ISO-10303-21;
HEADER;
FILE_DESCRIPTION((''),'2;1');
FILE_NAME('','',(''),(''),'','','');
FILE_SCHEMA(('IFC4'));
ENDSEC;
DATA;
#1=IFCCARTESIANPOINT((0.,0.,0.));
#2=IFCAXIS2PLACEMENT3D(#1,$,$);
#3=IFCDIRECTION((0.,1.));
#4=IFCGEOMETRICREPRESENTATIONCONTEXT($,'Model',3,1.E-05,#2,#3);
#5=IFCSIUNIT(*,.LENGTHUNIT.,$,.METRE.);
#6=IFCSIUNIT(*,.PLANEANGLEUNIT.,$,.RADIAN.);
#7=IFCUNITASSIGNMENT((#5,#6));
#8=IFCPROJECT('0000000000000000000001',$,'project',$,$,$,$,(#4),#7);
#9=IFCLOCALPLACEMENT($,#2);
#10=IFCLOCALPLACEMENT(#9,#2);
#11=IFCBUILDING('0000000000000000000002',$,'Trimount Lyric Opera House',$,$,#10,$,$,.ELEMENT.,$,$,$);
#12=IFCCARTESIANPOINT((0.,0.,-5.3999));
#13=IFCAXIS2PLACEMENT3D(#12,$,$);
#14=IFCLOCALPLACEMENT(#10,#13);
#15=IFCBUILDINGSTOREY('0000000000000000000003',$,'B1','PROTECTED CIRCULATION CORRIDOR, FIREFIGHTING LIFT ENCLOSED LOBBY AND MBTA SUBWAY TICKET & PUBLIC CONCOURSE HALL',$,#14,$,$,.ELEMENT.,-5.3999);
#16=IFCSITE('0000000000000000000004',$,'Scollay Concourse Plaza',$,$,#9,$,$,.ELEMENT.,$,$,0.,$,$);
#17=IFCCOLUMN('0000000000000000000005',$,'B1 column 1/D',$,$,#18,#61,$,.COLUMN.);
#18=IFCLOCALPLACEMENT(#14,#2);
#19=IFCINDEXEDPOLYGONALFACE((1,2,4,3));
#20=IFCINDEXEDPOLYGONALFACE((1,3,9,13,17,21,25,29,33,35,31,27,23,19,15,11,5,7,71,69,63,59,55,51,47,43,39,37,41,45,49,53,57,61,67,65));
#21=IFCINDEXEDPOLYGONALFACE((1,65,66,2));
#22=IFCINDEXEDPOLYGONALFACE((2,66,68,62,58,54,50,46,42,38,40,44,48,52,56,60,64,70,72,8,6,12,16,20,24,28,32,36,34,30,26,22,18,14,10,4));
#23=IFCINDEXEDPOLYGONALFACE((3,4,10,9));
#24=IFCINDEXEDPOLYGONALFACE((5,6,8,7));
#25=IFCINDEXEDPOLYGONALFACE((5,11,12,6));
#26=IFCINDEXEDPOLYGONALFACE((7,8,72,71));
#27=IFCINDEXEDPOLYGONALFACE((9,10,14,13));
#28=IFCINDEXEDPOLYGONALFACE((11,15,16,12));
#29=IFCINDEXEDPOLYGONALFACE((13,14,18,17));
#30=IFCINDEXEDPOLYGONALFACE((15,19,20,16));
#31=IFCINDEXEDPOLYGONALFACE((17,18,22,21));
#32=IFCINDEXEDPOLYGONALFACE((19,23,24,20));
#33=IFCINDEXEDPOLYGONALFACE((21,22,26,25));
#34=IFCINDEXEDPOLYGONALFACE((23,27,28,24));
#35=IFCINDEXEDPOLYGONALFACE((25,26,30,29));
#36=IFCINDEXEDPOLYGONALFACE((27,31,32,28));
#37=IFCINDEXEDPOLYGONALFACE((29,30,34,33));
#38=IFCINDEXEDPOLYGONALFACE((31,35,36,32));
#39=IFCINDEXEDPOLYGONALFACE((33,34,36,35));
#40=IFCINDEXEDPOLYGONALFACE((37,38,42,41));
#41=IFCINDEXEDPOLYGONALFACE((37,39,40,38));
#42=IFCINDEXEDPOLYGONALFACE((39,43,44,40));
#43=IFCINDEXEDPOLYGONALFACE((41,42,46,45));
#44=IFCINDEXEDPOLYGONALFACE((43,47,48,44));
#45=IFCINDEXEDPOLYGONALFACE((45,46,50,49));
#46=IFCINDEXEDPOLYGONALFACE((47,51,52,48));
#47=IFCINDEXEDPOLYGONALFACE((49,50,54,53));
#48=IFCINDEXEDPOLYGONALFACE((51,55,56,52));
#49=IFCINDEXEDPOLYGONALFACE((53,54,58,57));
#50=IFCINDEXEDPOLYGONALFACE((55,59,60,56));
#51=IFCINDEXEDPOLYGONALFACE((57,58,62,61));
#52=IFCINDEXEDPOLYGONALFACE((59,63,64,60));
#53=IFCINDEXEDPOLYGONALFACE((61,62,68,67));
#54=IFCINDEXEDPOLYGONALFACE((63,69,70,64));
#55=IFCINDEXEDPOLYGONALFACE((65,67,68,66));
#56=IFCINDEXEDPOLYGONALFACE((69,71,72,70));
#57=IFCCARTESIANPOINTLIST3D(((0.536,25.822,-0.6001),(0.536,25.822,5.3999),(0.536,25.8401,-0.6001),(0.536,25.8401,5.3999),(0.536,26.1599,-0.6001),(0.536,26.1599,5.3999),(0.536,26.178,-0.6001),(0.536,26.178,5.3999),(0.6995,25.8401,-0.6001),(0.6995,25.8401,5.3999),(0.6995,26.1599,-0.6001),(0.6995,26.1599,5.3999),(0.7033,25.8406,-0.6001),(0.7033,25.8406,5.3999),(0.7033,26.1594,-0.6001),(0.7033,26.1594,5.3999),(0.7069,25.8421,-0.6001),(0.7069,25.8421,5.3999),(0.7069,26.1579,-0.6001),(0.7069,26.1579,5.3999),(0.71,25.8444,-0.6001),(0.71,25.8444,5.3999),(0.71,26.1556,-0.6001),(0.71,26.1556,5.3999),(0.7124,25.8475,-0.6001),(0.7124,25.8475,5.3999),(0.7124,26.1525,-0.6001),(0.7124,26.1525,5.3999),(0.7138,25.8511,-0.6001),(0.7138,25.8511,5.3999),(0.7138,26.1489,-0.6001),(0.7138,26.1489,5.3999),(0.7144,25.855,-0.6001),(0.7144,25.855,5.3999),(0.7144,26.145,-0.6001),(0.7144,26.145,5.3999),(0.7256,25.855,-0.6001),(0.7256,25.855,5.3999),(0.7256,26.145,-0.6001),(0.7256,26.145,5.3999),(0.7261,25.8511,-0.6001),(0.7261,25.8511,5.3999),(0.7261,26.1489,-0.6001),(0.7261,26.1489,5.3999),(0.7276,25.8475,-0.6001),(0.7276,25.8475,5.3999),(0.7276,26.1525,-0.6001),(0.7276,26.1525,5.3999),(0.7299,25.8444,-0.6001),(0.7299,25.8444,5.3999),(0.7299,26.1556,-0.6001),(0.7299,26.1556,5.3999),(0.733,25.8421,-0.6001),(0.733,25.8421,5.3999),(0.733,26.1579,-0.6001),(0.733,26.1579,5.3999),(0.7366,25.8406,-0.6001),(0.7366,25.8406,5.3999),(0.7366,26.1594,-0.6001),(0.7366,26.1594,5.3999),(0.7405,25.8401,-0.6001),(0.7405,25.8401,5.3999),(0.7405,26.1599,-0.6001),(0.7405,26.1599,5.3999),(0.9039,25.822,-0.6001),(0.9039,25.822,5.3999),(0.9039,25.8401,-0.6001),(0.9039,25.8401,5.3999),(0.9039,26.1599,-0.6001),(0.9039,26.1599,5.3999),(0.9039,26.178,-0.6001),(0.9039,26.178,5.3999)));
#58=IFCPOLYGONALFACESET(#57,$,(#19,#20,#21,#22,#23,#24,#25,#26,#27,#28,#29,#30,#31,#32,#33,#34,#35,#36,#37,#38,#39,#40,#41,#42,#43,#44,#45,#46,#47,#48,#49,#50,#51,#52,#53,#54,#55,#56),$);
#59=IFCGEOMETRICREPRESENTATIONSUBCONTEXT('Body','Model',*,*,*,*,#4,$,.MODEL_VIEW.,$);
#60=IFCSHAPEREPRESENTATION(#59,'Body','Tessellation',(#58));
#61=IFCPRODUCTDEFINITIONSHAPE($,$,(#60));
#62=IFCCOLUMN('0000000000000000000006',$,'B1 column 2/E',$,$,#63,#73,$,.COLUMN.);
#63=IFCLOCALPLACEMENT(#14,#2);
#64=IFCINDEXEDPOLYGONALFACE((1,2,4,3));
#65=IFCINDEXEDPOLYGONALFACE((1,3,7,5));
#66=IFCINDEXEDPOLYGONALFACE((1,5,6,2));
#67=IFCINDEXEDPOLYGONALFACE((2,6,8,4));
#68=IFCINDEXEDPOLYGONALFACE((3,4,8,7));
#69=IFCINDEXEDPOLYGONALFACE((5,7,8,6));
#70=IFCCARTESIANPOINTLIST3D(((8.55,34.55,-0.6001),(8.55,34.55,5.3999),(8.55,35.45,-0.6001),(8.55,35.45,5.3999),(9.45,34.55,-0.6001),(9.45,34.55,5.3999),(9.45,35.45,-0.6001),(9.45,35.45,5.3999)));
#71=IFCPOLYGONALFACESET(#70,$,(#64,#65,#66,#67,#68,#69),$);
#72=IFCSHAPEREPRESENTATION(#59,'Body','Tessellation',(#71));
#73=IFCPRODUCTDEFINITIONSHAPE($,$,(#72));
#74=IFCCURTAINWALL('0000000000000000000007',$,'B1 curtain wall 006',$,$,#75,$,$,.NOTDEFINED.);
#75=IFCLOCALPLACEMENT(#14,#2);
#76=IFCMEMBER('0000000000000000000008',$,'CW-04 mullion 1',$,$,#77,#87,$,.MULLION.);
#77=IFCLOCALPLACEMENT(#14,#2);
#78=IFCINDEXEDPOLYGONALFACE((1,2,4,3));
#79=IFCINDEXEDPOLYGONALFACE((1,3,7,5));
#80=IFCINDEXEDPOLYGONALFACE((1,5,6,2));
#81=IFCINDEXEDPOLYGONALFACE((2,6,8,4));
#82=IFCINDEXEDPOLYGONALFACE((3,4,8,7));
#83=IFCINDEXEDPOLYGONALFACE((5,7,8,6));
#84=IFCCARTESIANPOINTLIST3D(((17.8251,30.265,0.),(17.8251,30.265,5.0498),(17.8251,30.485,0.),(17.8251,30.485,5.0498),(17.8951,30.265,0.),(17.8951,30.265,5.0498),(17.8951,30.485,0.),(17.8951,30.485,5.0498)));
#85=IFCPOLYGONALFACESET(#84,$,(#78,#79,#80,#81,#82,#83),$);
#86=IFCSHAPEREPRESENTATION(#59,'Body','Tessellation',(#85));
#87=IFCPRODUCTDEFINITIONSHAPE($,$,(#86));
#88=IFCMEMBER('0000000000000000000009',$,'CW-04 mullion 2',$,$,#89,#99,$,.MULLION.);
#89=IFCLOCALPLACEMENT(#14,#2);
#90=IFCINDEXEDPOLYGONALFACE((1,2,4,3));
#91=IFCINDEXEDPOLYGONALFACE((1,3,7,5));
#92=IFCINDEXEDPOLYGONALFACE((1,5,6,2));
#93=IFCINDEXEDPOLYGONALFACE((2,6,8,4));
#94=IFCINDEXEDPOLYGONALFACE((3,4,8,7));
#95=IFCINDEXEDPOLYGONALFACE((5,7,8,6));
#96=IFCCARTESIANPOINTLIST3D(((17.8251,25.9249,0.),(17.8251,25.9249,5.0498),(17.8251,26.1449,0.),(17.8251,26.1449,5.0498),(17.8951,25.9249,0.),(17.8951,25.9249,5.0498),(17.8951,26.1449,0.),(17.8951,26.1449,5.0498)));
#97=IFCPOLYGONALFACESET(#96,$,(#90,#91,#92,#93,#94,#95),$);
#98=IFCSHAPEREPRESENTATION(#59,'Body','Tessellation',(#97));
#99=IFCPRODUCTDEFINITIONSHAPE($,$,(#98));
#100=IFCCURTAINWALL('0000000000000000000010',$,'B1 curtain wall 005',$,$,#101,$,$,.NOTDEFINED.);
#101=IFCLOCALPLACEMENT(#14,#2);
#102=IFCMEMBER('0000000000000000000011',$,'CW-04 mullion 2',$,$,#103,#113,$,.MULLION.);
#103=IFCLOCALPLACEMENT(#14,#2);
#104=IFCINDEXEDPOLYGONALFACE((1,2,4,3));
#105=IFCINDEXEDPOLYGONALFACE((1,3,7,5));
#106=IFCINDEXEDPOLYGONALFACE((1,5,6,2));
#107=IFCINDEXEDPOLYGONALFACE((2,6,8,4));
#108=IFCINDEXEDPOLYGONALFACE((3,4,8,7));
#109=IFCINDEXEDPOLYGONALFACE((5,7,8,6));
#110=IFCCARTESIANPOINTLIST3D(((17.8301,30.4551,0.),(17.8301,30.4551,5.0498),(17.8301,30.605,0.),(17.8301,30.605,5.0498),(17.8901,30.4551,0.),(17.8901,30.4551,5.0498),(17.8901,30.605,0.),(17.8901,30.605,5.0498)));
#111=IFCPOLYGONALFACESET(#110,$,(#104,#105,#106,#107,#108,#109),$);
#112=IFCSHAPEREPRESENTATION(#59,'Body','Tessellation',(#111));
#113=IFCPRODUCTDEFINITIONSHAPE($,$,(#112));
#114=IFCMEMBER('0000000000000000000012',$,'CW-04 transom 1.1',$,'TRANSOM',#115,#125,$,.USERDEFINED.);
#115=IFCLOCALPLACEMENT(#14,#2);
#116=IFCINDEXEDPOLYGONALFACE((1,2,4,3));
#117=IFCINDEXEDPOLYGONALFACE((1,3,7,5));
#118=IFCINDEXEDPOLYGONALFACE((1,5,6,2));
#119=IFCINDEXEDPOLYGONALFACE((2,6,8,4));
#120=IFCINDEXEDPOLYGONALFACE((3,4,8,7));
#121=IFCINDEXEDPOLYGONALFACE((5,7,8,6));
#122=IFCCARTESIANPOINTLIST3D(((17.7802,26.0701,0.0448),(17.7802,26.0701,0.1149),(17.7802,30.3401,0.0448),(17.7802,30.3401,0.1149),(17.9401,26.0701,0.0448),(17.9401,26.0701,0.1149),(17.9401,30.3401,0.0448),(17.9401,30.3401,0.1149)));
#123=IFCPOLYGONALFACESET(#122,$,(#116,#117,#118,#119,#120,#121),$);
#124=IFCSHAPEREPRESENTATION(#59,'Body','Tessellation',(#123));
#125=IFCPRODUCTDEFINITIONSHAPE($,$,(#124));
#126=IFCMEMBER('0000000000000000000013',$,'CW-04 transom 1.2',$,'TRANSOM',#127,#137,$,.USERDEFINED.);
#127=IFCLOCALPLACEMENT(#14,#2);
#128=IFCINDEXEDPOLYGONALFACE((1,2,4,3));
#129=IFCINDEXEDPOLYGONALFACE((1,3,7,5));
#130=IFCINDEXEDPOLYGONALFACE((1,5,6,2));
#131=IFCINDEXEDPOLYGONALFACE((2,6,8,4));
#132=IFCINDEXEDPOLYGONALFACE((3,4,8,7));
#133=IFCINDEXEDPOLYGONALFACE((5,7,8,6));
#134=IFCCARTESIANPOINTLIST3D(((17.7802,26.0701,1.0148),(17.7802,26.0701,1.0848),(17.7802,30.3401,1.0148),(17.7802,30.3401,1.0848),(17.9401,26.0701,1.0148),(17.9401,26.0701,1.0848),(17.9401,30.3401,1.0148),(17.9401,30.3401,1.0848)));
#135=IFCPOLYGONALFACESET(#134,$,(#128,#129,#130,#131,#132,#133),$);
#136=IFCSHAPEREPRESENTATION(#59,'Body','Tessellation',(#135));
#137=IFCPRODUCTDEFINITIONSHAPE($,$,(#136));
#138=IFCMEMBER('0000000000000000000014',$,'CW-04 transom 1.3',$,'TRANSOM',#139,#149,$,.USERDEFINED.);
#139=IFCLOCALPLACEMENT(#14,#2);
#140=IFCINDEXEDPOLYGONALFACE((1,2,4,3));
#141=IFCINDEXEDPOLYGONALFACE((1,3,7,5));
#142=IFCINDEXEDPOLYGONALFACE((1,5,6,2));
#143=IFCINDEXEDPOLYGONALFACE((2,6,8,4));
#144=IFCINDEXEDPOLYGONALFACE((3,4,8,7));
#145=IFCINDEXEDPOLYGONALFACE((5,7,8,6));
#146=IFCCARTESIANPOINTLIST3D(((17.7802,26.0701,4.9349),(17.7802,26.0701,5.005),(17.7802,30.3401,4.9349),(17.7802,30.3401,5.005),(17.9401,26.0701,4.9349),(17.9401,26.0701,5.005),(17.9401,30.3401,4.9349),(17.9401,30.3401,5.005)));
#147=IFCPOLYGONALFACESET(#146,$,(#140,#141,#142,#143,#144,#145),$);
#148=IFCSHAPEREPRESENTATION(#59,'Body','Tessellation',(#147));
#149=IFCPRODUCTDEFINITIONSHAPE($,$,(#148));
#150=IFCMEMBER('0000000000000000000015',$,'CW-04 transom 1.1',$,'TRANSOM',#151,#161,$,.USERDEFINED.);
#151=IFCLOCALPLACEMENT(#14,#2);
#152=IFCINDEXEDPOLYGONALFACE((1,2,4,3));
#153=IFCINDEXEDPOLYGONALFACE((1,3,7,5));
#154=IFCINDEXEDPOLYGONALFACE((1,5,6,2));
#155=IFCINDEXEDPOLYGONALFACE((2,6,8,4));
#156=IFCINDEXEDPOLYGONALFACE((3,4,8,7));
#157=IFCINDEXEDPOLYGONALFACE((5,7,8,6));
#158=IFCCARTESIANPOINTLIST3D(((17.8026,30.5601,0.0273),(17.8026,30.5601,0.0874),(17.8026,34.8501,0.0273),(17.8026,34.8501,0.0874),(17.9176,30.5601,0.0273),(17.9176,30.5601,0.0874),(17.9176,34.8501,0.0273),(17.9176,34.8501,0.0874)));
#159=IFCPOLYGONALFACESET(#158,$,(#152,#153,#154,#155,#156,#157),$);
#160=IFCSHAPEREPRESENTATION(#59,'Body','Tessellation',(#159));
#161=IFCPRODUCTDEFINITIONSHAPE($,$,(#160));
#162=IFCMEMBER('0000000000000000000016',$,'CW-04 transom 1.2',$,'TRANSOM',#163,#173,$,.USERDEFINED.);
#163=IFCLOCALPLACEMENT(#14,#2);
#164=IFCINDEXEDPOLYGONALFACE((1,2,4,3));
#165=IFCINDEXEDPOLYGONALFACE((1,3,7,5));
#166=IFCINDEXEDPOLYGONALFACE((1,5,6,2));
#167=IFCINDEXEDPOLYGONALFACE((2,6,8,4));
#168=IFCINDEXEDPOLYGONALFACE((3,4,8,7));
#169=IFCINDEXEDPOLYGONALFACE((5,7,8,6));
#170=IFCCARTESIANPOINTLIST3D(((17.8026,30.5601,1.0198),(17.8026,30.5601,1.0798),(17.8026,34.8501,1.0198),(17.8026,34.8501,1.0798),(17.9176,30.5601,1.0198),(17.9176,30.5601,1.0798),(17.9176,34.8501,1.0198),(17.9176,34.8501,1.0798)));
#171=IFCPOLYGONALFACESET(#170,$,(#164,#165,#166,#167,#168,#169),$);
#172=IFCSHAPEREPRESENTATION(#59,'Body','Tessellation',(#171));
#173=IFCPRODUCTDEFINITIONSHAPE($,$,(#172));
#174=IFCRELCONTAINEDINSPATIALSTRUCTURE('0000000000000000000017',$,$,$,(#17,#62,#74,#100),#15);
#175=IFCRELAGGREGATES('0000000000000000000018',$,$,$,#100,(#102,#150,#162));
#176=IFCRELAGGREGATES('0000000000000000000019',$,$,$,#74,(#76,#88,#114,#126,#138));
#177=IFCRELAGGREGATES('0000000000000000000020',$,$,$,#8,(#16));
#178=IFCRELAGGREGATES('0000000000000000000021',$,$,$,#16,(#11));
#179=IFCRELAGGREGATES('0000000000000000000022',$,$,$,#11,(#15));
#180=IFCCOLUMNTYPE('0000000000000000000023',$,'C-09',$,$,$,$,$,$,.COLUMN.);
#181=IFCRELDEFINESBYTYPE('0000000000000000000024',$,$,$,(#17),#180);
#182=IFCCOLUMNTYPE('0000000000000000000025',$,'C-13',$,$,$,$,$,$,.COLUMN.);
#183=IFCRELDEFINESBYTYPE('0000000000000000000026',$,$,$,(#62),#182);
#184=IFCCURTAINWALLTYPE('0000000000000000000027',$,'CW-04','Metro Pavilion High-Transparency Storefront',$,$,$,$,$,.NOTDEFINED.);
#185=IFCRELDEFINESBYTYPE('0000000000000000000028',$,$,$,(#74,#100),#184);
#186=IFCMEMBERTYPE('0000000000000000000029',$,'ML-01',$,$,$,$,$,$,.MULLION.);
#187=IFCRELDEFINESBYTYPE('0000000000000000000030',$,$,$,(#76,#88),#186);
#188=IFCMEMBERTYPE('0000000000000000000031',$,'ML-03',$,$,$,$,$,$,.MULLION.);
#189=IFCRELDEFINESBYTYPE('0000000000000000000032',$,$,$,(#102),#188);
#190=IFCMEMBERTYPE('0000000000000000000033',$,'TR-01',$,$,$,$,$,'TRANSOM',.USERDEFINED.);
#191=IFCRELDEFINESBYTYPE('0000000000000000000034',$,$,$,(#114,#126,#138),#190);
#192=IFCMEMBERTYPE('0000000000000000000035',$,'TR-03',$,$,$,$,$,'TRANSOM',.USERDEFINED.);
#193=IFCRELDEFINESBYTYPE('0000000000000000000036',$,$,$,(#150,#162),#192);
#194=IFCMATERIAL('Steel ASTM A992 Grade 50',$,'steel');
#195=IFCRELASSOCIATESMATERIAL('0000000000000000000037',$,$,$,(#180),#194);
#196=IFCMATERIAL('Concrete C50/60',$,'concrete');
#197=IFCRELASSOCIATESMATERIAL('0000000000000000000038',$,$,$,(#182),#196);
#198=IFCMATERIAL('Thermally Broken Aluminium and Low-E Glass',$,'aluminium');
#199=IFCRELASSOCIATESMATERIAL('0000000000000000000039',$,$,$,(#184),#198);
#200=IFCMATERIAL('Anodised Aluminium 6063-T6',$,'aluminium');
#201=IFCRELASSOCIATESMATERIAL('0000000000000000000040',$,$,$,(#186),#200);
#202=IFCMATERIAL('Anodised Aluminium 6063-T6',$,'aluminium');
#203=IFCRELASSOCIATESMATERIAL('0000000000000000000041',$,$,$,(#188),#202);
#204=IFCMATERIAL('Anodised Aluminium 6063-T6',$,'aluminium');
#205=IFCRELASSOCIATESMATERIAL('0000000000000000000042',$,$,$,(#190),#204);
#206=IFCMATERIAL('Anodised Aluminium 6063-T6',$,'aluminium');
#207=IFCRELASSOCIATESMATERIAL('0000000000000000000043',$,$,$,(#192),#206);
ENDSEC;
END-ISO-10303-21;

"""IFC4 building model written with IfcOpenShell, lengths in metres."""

from ifc_helpers import new_model, si_unit, direction, frame, origin, origin_2d, place, context, subcontext, project, spatial, rectangle, i_section, extrude, material, material_profile, profile_set, type_object, element, aggregate, save


model = new_model("IFC4")

# Units and contexts
model_context = context("Model", 3, precision=1e-05, world=origin(), true_north=direction((0.0, 1.0)))
body_context = subcontext(model_context, "Body", "Model", "MODEL_VIEW")
ifc_project = project(units=[si_unit("LENGTHUNIT", "METRE"), si_unit("PLANEANGLEUNIT", "RADIAN")], contexts=[model_context])

# Site, building, storey
site_placement = place(None, origin())
site = spatial("IfcSite", under=ifc_project, at=site_placement, Name="Scollay Concourse Plaza", CompositionType="ELEMENT", RefElevation=0.0)
building_placement = place(site_placement, origin())
building = spatial("IfcBuilding", under=site, at=building_placement, Name="Trimount Lyric Opera House", CompositionType="ELEMENT")
storey_placement = place(building_placement, frame((0.0, 0.0, -5.3999)))
storey = spatial("IfcBuildingStorey", under=building, at=storey_placement, Name="B1", Description="PROTECTED CIRCULATION CORRIDOR, FIREFIGHTING LIFT ENCLOSED LOBBY AND MBTA SUBWAY TICKET & PUBLIC CONCOURSE HALL", CompositionType="ELEMENT", Elevation=-5.3999)

# Columns
ifc_material_1 = material(Name="Steel ASTM A992 Grade 50", Category="steel")
ifc_material_profile_1 = material_profile(ifc_material_1, i_section(OverallWidth=0.3679, OverallDepth=0.356, WebThickness=0.0112, FlangeThickness=0.0181, FilletRadius=0.0149, at=origin_2d()), Name="W14X90")
ifc_profile_set_1 = profile_set([ifc_material_profile_1], Name="Steel ASTM A992 Grade 50")
column_type_1 = type_object("IfcColumnType", Name="C-09", PredefinedType="COLUMN", material=ifc_profile_set_1)
column_1_placement = place(storey_placement, frame((0.72, 26.0, -0.6001), z_axis=(0.0, 0.0, 1.0), x_axis=(1.0, 0.0, 0.0)))
element("IfcColumn", 1, at=column_1_placement, inside=storey, type_object=column_type_1, Name="B1 column 1/D", PredefinedType="COLUMN", context=body_context, shape_type="SweptSolid", body=[
    extrude(i_section(OverallWidth=0.3679, OverallDepth=0.356, WebThickness=0.0112, FlangeThickness=0.0181, FilletRadius=0.0149, at=origin_2d()), origin(), (0.0, 0.0, 1.0), 6.0),
])
ifc_material_2 = material(Name="Concrete C50/60", Category="concrete")
ifc_material_profile_2 = material_profile(ifc_material_2, rectangle(XDim=0.8999, YDim=0.8999, at=origin_2d()), Name="RC900X900")
ifc_profile_set_2 = profile_set([ifc_material_profile_2], Name="Concrete C50/60")
column_type_2 = type_object("IfcColumnType", Name="C-13", PredefinedType="COLUMN", material=ifc_profile_set_2)
column_2_placement = place(storey_placement, frame((9.0, 35.0, -0.6001), z_axis=(0.0, 0.0, 1.0), x_axis=(1.0, 0.0, 0.0)))
element("IfcColumn", 2, at=column_2_placement, inside=storey, type_object=column_type_2, Name="B1 column 2/E", PredefinedType="COLUMN", context=body_context, shape_type="SweptSolid", body=[
    extrude(rectangle(XDim=0.8999, YDim=0.8999, at=origin_2d()), origin(), (0.0, 0.0, 1.0), 6.0),
])

# Curtain wall, members
ifc_material_3 = material(Name="Thermally Broken Aluminium and Low-E Glass", Category="aluminium")
curtain_wall_type = type_object("IfcCurtainWallType", Name="CW-04", Description="Metro Pavilion High-Transparency Storefront", PredefinedType="NOTDEFINED", material=ifc_material_3)
curtain_wall_1_placement = place(storey_placement, origin())
curtain_wall_1 = element("IfcCurtainWall", 3, at=curtain_wall_1_placement, inside=storey, type_object=curtain_wall_type, Name="B1 curtain wall 006", PredefinedType="NOTDEFINED")
ifc_material_4 = material(Name="Anodised Aluminium 6063-T6", Category="aluminium")
ifc_material_profile_3 = material_profile(ifc_material_4, rectangle(XDim=0.0701, YDim=0.22, at=origin_2d()), Name="ALU-MULL-70X220")
ifc_profile_set_3 = profile_set([ifc_material_profile_3], Name="Anodised Aluminium 6063-T6")
member_type_1 = type_object("IfcMemberType", Name="ML-01", PredefinedType="MULLION", material=ifc_profile_set_3)
member_1_placement = place(storey_placement, frame((17.8601, 30.375, 0.0), z_axis=(0.0, 0.0, 1.0), x_axis=(1.0, 0.0, 0.0)))
member_1 = element("IfcMember", 4, at=member_1_placement, type_object=member_type_1, Name="CW-04 mullion 1", PredefinedType="MULLION", context=body_context, shape_type="SweptSolid", body=[
    extrude(rectangle(XDim=0.0701, YDim=0.22, at=origin_2d()), origin(), (0.0, 0.0, 1.0), 5.0498),
])
member_2_placement = place(storey_placement, frame((17.8601, 26.0349, 0.0), z_axis=(0.0, 0.0, 1.0), x_axis=(1.0, 0.0, 0.0)))
member_2 = element("IfcMember", 5, at=member_2_placement, type_object=member_type_1, Name="CW-04 mullion 2", PredefinedType="MULLION", context=body_context, shape_type="SweptSolid", body=[
    extrude(rectangle(XDim=0.0701, YDim=0.22, at=origin_2d()), origin(), (0.0, 0.0, 1.0), 5.0498),
])

# Curtain wall, member
curtain_wall_2_placement = place(storey_placement, origin())
curtain_wall_2 = element("IfcCurtainWall", 6, at=curtain_wall_2_placement, inside=storey, type_object=curtain_wall_type, Name="B1 curtain wall 005", PredefinedType="NOTDEFINED")
ifc_material_5 = material(Name="Anodised Aluminium 6063-T6", Category="aluminium")
ifc_material_profile_4 = material_profile(ifc_material_5, rectangle(XDim=0.0601, YDim=0.1499, at=origin_2d()), Name="ALU-MULL-60X150")
ifc_profile_set_4 = profile_set([ifc_material_profile_4], Name="Anodised Aluminium 6063-T6")
member_type_2 = type_object("IfcMemberType", Name="ML-03", PredefinedType="MULLION", material=ifc_profile_set_4)
member_3_placement = place(storey_placement, frame((17.8601, 30.53, 0.0), z_axis=(0.0, 0.0, 1.0), x_axis=(1.0, 0.0, 0.0)))
member_3 = element("IfcMember", 7, at=member_3_placement, type_object=member_type_2, Name="CW-04 mullion 2", PredefinedType="MULLION", context=body_context, shape_type="SweptSolid", body=[
    extrude(rectangle(XDim=0.0601, YDim=0.1499, at=origin_2d()), origin(), (0.0, 0.0, 1.0), 5.0498),
])

# Members
ifc_material_6 = material(Name="Anodised Aluminium 6063-T6", Category="aluminium")
ifc_material_profile_5 = material_profile(ifc_material_6, rectangle(XDim=0.1599, YDim=0.0701, at=origin_2d()), Name="ALU-TRAN-70X160")
ifc_profile_set_5 = profile_set([ifc_material_profile_5], Name="Anodised Aluminium 6063-T6")
member_type_3 = type_object("IfcMemberType", Name="TR-01", ElementType="TRANSOM", PredefinedType="USERDEFINED", material=ifc_profile_set_5)
member_4_placement = place(storey_placement, frame((17.8601, 30.3401, 0.0798), z_axis=(0.0, -1.0, 0.0), x_axis=(1.0, 0.0, 0.0)))
member_4 = element("IfcMember", 8, at=member_4_placement, type_object=member_type_3, Name="CW-04 transom 1.1", ObjectType="TRANSOM", PredefinedType="USERDEFINED", context=body_context, shape_type="SweptSolid", body=[
    extrude(rectangle(XDim=0.1599, YDim=0.0701, at=origin_2d()), origin(), (0.0, 0.0, 1.0), 4.27),
])
member_5_placement = place(storey_placement, frame((17.8601, 30.3401, 1.0498), z_axis=(0.0, -1.0, 0.0), x_axis=(1.0, 0.0, 0.0)))
member_5 = element("IfcMember", 9, at=member_5_placement, type_object=member_type_3, Name="CW-04 transom 1.2", ObjectType="TRANSOM", PredefinedType="USERDEFINED", context=body_context, shape_type="SweptSolid", body=[
    extrude(rectangle(XDim=0.1599, YDim=0.0701, at=origin_2d()), origin(), (0.0, 0.0, 1.0), 4.27),
])
member_6_placement = place(storey_placement, frame((17.8601, 30.3401, 4.97), z_axis=(0.0, -1.0, 0.0), x_axis=(1.0, 0.0, 0.0)))
member_6 = element("IfcMember", 10, at=member_6_placement, type_object=member_type_3, Name="CW-04 transom 1.3", ObjectType="TRANSOM", PredefinedType="USERDEFINED", context=body_context, shape_type="SweptSolid", body=[
    extrude(rectangle(XDim=0.1599, YDim=0.0701, at=origin_2d()), origin(), (0.0, 0.0, 1.0), 4.27),
])
ifc_material_7 = material(Name="Anodised Aluminium 6063-T6", Category="aluminium")
ifc_material_profile_6 = material_profile(ifc_material_7, rectangle(XDim=0.115, YDim=0.0601, at=origin_2d()), Name="ALU-TRAN-60X115")
ifc_profile_set_6 = profile_set([ifc_material_profile_6], Name="Anodised Aluminium 6063-T6")
member_type_4 = type_object("IfcMemberType", Name="TR-03", ElementType="TRANSOM", PredefinedType="USERDEFINED", material=ifc_profile_set_6)
member_7_placement = place(storey_placement, frame((17.8601, 34.8501, 0.0574), z_axis=(0.0, -1.0, 0.0), x_axis=(1.0, 0.0, 0.0)))
member_7 = element("IfcMember", 11, at=member_7_placement, type_object=member_type_4, Name="CW-04 transom 1.1", ObjectType="TRANSOM", PredefinedType="USERDEFINED", context=body_context, shape_type="SweptSolid", body=[
    extrude(rectangle(XDim=0.115, YDim=0.0601, at=origin_2d()), origin(), (0.0, 0.0, 1.0), 4.29),
])
member_8_placement = place(storey_placement, frame((17.8601, 34.8501, 1.0498), z_axis=(0.0, -1.0, 0.0), x_axis=(1.0, 0.0, 0.0)))
member_8 = element("IfcMember", 12, at=member_8_placement, type_object=member_type_4, Name="CW-04 transom 1.2", ObjectType="TRANSOM", PredefinedType="USERDEFINED", context=body_context, shape_type="SweptSolid", body=[
    extrude(rectangle(XDim=0.115, YDim=0.0601, at=origin_2d()), origin(), (0.0, 0.0, 1.0), 4.29),
])

aggregate(curtain_wall_2, [member_3, member_7, member_8])
aggregate(curtain_wall_1, [member_1, member_2, member_4, member_5, member_6])

save(model, "model.ifc")
